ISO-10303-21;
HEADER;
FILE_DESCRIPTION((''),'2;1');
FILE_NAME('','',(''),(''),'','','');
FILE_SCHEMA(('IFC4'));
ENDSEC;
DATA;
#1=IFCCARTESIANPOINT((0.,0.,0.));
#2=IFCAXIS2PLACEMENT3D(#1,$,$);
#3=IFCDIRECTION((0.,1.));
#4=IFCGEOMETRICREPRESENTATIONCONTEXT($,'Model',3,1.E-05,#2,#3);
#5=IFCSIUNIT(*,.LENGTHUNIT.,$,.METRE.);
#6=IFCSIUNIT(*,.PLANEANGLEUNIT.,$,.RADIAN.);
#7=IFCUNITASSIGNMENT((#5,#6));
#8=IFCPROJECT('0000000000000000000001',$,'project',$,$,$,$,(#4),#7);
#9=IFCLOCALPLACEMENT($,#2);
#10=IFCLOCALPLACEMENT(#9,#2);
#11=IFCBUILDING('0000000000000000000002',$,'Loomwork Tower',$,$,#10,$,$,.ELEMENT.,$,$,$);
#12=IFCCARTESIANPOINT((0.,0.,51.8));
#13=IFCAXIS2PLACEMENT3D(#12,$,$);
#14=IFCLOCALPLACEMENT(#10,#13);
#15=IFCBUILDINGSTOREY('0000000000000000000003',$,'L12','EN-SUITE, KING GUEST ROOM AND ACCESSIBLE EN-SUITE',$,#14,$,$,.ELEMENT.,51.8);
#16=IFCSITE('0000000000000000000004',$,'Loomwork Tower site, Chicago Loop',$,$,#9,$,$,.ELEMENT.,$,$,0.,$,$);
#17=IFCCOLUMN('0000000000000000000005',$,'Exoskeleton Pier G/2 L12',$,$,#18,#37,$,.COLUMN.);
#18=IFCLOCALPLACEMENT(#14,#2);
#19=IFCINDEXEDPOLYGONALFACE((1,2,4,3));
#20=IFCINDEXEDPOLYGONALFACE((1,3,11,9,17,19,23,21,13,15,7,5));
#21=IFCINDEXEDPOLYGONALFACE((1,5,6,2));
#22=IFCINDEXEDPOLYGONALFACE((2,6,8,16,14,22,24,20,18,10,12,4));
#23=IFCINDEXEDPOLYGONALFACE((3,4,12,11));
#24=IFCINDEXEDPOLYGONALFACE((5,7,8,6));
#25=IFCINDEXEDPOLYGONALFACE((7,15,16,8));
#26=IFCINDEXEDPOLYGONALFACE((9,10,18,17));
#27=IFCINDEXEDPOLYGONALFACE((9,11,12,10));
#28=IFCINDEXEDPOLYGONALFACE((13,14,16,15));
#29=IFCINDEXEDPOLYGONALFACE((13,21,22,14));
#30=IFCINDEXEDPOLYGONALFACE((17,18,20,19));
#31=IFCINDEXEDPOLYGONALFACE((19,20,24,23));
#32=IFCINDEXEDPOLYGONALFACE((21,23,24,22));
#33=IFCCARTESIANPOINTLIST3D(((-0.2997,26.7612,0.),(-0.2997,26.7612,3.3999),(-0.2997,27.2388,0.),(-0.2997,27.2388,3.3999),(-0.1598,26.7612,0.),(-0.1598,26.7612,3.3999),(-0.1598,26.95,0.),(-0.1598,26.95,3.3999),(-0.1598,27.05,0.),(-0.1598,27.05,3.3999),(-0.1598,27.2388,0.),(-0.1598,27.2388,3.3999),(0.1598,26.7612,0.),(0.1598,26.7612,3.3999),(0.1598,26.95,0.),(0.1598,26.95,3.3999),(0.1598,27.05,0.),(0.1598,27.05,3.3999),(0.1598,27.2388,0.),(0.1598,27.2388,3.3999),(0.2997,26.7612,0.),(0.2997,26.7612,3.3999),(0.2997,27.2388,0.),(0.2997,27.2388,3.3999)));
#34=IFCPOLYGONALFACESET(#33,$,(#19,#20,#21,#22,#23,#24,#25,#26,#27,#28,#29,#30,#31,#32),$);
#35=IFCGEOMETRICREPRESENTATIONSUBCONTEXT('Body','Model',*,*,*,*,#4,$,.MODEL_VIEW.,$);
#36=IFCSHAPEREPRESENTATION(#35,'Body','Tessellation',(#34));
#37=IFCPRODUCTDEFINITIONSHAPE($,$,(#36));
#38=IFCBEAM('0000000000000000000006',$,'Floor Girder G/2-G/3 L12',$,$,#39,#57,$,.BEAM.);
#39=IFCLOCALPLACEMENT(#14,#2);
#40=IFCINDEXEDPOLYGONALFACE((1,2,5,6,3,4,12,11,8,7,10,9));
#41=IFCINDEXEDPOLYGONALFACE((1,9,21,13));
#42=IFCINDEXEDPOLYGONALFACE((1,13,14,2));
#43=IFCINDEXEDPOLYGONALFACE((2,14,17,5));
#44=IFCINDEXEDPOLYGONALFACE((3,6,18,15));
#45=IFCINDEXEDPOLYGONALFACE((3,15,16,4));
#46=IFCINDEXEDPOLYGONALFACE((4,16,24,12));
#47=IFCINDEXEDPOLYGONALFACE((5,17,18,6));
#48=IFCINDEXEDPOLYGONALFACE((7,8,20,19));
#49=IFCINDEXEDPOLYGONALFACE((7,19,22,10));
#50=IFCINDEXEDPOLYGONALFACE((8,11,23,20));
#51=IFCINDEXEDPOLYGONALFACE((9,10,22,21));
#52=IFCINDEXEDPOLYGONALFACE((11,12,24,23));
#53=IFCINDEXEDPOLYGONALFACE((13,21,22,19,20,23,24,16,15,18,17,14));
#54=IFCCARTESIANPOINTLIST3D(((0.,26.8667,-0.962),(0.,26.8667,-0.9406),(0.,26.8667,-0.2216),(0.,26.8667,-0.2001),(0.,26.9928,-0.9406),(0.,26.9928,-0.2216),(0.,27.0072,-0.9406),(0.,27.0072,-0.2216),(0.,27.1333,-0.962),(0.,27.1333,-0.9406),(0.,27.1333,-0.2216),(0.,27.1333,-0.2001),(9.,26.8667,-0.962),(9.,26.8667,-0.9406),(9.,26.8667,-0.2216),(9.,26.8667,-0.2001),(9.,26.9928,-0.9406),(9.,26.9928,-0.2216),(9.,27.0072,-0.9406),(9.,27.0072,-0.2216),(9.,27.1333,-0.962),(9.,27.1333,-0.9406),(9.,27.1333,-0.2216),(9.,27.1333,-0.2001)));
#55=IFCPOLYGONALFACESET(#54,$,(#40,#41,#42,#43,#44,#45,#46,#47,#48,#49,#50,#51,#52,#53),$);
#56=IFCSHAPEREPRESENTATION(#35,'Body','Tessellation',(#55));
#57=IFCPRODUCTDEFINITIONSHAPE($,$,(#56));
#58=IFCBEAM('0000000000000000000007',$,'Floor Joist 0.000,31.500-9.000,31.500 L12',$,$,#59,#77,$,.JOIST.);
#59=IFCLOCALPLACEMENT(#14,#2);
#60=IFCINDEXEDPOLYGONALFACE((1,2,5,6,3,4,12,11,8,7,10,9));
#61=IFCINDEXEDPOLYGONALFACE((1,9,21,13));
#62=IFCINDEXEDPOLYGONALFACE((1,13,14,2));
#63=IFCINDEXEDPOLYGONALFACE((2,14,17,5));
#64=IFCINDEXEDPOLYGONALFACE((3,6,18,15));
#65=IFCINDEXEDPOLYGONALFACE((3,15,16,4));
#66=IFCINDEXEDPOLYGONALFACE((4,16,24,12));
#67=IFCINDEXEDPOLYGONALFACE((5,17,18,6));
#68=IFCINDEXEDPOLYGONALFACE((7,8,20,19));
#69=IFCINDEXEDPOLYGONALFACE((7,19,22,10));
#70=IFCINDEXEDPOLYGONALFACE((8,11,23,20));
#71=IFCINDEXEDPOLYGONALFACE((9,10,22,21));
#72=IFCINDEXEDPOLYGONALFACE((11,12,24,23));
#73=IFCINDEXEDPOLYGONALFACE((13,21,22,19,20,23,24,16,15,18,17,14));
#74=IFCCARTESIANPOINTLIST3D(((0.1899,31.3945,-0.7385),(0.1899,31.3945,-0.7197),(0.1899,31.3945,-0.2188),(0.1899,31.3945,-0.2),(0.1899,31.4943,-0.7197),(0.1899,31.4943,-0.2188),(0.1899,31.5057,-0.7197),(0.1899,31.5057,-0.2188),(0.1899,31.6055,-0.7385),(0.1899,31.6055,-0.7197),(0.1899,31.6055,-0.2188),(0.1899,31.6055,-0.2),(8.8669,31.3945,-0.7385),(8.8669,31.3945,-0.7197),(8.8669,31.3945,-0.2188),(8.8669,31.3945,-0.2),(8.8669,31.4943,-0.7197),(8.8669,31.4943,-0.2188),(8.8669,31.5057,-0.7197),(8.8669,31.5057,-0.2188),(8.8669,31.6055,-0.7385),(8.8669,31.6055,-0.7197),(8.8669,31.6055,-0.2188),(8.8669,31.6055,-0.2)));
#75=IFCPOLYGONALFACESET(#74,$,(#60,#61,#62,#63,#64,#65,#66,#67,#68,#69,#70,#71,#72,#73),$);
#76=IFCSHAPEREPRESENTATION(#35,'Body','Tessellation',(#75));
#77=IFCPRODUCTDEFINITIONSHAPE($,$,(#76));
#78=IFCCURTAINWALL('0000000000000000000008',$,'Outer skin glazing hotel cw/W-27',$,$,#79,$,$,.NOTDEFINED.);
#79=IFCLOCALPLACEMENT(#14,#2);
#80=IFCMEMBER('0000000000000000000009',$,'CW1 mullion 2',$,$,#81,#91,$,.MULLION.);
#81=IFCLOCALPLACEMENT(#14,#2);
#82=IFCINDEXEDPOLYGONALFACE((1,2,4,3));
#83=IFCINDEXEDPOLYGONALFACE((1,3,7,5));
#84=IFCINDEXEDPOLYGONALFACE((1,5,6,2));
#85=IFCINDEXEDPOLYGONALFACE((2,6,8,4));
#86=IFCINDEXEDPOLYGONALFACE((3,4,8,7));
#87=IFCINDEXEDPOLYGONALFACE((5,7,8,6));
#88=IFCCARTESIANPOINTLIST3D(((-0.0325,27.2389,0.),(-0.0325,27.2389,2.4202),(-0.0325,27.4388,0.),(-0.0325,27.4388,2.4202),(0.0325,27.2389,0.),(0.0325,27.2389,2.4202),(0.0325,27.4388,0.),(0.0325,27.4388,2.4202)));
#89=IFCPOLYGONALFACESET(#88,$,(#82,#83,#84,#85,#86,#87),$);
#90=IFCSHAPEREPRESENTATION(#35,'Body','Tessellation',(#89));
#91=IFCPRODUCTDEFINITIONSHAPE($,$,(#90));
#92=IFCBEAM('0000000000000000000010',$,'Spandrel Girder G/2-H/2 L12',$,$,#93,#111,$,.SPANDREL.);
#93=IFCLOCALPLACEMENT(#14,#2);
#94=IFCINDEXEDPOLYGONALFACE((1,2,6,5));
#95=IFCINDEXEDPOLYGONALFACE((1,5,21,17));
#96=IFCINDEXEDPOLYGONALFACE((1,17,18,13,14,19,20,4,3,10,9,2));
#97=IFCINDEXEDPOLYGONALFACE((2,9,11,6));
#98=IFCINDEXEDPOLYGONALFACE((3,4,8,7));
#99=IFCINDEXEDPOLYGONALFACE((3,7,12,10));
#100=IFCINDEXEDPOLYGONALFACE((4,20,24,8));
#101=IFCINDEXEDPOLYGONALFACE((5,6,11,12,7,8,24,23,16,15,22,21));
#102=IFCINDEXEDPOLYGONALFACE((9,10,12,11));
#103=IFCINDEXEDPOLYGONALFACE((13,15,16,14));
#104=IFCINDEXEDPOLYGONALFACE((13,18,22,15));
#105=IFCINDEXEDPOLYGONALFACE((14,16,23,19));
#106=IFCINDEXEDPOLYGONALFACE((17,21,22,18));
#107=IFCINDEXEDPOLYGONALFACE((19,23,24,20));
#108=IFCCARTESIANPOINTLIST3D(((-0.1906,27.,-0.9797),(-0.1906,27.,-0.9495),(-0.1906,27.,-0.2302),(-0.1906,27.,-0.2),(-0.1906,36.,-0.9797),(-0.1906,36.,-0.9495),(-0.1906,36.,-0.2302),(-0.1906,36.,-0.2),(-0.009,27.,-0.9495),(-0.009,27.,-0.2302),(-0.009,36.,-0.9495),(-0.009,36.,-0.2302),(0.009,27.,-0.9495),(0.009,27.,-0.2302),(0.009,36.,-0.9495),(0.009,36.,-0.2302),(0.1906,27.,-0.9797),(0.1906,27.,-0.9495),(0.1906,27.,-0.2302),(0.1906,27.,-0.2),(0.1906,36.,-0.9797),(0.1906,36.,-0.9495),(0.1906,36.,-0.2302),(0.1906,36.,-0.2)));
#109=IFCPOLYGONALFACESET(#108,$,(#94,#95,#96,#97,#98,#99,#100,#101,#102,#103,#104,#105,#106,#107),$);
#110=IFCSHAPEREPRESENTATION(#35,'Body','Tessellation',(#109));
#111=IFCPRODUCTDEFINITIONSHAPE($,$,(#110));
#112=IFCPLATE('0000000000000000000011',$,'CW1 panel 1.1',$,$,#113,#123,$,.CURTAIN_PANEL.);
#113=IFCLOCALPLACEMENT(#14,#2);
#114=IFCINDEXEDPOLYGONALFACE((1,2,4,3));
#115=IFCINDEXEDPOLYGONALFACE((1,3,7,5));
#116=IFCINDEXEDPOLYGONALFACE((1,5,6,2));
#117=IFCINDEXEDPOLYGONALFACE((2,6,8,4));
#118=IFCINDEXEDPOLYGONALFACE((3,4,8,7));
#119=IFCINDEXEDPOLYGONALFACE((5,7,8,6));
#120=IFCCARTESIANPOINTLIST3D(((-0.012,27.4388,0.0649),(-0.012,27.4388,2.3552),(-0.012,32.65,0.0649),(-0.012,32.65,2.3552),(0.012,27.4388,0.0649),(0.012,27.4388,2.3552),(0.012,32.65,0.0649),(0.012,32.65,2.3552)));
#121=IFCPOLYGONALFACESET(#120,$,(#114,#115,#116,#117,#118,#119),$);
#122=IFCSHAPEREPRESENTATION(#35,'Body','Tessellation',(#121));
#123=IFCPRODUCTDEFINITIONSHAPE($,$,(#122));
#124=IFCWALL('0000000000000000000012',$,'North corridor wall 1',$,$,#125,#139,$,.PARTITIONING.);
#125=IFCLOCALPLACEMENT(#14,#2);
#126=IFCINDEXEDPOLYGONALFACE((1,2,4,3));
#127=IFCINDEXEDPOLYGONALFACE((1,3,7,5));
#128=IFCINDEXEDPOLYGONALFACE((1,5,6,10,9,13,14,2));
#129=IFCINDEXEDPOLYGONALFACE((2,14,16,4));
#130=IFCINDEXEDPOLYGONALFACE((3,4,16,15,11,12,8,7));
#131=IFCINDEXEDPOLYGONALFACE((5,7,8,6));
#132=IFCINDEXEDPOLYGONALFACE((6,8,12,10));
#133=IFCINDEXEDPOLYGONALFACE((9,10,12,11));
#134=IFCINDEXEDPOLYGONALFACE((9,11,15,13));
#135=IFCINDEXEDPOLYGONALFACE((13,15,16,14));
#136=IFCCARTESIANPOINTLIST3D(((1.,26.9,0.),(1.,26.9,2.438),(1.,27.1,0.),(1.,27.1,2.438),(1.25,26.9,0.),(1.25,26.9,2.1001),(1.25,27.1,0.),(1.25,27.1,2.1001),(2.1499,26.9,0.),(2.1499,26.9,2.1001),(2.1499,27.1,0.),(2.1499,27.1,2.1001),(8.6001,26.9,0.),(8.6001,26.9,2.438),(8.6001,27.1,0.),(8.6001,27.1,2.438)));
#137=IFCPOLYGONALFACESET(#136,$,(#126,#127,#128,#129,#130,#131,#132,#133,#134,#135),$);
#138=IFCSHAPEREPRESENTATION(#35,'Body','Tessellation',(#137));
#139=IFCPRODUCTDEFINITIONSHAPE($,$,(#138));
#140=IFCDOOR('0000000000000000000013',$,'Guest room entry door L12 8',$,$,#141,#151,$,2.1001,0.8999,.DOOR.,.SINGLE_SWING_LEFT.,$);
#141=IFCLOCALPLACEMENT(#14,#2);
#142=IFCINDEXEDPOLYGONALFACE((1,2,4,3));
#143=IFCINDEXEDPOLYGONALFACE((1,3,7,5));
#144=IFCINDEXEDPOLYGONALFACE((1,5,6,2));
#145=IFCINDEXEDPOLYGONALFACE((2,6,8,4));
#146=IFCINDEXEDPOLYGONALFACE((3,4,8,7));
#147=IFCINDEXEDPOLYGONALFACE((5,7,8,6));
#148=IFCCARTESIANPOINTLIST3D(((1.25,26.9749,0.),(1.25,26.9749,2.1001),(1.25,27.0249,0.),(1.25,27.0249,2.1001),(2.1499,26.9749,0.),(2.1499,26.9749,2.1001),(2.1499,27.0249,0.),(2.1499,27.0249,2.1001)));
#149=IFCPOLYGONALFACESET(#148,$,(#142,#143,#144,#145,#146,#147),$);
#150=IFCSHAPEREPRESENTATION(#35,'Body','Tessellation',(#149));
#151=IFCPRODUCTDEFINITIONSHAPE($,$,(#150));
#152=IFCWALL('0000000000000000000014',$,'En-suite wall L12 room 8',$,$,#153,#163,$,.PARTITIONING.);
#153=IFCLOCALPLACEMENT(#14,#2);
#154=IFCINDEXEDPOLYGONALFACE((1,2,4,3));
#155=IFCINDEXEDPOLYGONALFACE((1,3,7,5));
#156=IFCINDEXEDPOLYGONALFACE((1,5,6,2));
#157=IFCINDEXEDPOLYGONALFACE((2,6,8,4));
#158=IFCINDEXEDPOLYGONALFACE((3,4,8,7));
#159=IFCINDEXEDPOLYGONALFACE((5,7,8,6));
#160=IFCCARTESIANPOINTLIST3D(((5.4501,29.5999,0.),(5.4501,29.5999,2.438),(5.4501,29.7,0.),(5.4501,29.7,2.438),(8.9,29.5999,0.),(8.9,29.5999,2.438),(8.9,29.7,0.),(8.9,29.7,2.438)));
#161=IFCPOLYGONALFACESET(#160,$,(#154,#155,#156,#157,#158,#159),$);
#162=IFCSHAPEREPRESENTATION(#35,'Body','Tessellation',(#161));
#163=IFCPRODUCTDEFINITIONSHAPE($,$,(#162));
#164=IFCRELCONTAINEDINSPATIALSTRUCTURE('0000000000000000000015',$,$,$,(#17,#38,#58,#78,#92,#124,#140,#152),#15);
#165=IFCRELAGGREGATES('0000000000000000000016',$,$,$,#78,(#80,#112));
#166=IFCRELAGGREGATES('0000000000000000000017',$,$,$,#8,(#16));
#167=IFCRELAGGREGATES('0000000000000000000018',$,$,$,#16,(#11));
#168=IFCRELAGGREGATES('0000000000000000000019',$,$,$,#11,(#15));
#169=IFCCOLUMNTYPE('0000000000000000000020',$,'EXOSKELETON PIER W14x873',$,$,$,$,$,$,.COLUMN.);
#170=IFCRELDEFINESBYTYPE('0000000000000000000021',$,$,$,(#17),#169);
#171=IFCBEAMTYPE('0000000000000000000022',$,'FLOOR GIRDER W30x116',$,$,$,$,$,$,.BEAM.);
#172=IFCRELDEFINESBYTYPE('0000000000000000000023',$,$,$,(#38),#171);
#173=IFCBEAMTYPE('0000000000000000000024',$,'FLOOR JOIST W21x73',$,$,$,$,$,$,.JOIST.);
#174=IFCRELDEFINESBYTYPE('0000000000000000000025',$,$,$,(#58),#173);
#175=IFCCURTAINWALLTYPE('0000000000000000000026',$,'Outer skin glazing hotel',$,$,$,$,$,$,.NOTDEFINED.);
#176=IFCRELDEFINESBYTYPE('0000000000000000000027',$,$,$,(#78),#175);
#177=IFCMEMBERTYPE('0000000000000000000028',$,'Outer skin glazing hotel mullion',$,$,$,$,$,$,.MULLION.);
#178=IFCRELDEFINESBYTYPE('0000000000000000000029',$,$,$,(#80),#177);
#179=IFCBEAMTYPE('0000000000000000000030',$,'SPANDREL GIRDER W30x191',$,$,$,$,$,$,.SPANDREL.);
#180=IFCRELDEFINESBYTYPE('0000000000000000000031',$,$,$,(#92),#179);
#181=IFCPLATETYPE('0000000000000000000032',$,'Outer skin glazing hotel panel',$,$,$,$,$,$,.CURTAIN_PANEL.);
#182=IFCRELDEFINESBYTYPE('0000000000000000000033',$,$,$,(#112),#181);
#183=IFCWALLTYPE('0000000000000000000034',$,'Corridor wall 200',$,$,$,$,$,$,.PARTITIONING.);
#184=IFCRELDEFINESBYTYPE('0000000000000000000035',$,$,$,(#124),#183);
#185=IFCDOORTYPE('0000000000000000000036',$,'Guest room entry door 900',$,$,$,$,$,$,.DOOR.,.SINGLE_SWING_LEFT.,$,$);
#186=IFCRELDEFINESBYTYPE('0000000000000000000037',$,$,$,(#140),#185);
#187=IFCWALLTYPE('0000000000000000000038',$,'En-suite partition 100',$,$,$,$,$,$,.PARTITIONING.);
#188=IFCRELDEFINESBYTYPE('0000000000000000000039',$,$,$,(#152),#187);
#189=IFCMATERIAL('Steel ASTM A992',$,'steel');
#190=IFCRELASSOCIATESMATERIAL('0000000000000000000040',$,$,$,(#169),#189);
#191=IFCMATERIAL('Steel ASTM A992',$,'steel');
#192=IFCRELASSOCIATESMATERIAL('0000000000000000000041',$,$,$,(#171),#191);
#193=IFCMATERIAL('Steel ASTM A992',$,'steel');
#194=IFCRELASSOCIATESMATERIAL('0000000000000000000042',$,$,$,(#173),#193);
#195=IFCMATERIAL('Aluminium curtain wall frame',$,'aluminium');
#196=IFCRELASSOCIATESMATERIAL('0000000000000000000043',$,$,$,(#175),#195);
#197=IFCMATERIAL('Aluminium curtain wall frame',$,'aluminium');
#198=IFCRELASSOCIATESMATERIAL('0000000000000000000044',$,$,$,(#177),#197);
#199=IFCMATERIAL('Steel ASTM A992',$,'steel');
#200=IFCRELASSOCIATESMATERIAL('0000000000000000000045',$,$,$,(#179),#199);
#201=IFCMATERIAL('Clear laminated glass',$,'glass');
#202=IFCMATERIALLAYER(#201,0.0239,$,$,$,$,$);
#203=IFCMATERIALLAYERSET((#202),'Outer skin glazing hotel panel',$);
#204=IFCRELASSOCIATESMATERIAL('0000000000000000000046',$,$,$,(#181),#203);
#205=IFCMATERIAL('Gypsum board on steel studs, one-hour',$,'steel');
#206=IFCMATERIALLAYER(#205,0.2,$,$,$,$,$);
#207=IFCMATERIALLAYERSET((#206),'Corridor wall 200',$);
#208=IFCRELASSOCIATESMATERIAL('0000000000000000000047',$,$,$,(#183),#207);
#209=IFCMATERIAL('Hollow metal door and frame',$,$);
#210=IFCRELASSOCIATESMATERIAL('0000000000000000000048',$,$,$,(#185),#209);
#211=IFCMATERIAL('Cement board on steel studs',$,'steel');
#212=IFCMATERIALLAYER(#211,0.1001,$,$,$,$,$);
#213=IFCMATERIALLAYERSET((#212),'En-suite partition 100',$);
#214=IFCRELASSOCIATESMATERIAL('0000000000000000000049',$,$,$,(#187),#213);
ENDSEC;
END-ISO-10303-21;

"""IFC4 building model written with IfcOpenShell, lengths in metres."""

from ifc_helpers import new_model, si_unit, direction, frame, frame_2d, origin, origin_2d, place, context, subcontext, project, spatial, rectangle, i_section, extrude, material, layer, layer_set, material_profile, profile_set, type_object, element, fill, aggregate, save


model = new_model("IFC4")

# Units and contexts
model_context = context("Model", 3, precision=1e-05, world=origin(), true_north=direction((0.0, 1.0)))
body_context = subcontext(model_context, "Body", "Model", "MODEL_VIEW")
ifc_project = project(units=[si_unit("LENGTHUNIT", "METRE"), si_unit("PLANEANGLEUNIT", "RADIAN")], contexts=[model_context])

# Site, building, storey
site_placement = place(None, origin())
site = spatial("IfcSite", under=ifc_project, at=site_placement, Name="Loomwork Tower site, Chicago Loop", CompositionType="ELEMENT", RefElevation=0.0)
building_placement = place(site_placement, origin())
building = spatial("IfcBuilding", under=site, at=building_placement, Name="Loomwork Tower", CompositionType="ELEMENT")
storey_placement = place(building_placement, frame((0.0, 0.0, 51.8)))
storey = spatial("IfcBuildingStorey", under=building, at=storey_placement, Name="L12", Description="EN-SUITE, KING GUEST ROOM AND ACCESSIBLE EN-SUITE", CompositionType="ELEMENT", Elevation=51.8)

# Column
ifc_material_1 = material(Name="Steel ASTM A992", Category="steel")
ifc_material_profile_1 = material_profile(ifc_material_1, i_section(OverallWidth=0.4775, OverallDepth=0.5994, WebThickness=0.1001, FlangeThickness=0.1399, at=origin_2d()), Name="W14x873")
ifc_profile_set_1 = profile_set([ifc_material_profile_1], Name="Steel ASTM A992")
column_type = type_object("IfcColumnType", Name="EXOSKELETON PIER W14x873", PredefinedType="COLUMN", material=ifc_profile_set_1)
column_placement = place(storey_placement, frame((0.0, 27.0, 0.0), z_axis=(0.0, 0.0, 1.0), x_axis=(0.0, 1.0, 0.0)))
element("IfcColumn", 1, at=column_placement, inside=storey, type_object=column_type, Name="Exoskeleton Pier G/2 L12", PredefinedType="COLUMN", context=body_context, shape_type="SweptSolid", body=[
    extrude(i_section(OverallWidth=0.4775, OverallDepth=0.5994, WebThickness=0.1001, FlangeThickness=0.1399, at=origin_2d()), origin(), (0.0, 0.0, 1.0), 3.3999),
])

# Beams
ifc_material_2 = material(Name="Steel ASTM A992", Category="steel")
ifc_material_profile_2 = material_profile(ifc_material_2, i_section(OverallWidth=0.2666, OverallDepth=0.762, WebThickness=0.0144, FlangeThickness=0.0215, at=origin_2d()), Name="W30x116")
ifc_profile_set_2 = profile_set([ifc_material_profile_2], Name="Steel ASTM A992")
beam_type_1 = type_object("IfcBeamType", Name="FLOOR GIRDER W30x116", PredefinedType="BEAM", material=ifc_profile_set_2)
beam_1_placement = place(storey_placement, frame((0.0, 27.0, -0.5811), z_axis=(1.0, 0.0, 0.0), x_axis=(0.0, 1.0, 0.0)))
element("IfcBeam", 2, at=beam_1_placement, inside=storey, type_object=beam_type_1, Name="Floor Girder G/2-G/3 L12", PredefinedType="BEAM", context=body_context, shape_type="SweptSolid", body=[
    extrude(i_section(OverallWidth=0.2666, OverallDepth=0.762, WebThickness=0.0144, FlangeThickness=0.0215, at=origin_2d()), origin(), (0.0, 0.0, 1.0), 9.0),
])
ifc_material_3 = material(Name="Steel ASTM A992", Category="steel")
ifc_material_profile_3 = material_profile(ifc_material_3, i_section(OverallWidth=0.2109, OverallDepth=0.5386, WebThickness=0.0115, FlangeThickness=0.0188, at=origin_2d()), Name="W21x73")
ifc_profile_set_3 = profile_set([ifc_material_profile_3], Name="Steel ASTM A992")
beam_type_2 = type_object("IfcBeamType", Name="FLOOR JOIST W21x73", PredefinedType="JOIST", material=ifc_profile_set_3)
beam_2_placement = place(storey_placement, frame((0.1899, 31.5, -0.4692), z_axis=(1.0, 0.0, 0.0), x_axis=(0.0, 1.0, 0.0)))
element("IfcBeam", 3, at=beam_2_placement, inside=storey, type_object=beam_type_2, Name="Floor Joist 0.000,31.500-9.000,31.500 L12", PredefinedType="JOIST", context=body_context, shape_type="SweptSolid", body=[
    extrude(i_section(OverallWidth=0.2109, OverallDepth=0.5386, WebThickness=0.0115, FlangeThickness=0.0188, at=origin_2d()), origin(), (0.0, 0.0, 1.0), 8.677),
])

# Curtain wall, member
ifc_material_4 = material(Name="Aluminium curtain wall frame", Category="aluminium")
curtain_wall_type = type_object("IfcCurtainWallType", Name="Outer skin glazing hotel", PredefinedType="NOTDEFINED", material=ifc_material_4)
curtain_wall_placement = place(storey_placement, origin())
curtain_wall = element("IfcCurtainWall", 4, at=curtain_wall_placement, inside=storey, type_object=curtain_wall_type, Name="Outer skin glazing hotel cw/W-27", PredefinedType="NOTDEFINED")
ifc_material_5 = material(Name="Aluminium curtain wall frame", Category="aluminium")
ifc_material_profile_4 = material_profile(ifc_material_5, rectangle(XDim=0.0649, YDim=0.2, at=origin_2d()), Name="AL 65x200")
ifc_profile_set_4 = profile_set([ifc_material_profile_4], Name="Aluminium curtain wall frame")
member_type = type_object("IfcMemberType", Name="Outer skin glazing hotel mullion", PredefinedType="MULLION", material=ifc_profile_set_4)
member_placement = place(storey_placement, frame((0.0, 27.3389, 0.0), z_axis=(0.0, 0.0, 1.0), x_axis=(1.0, 0.0, 0.0)))
member = element("IfcMember", 5, at=member_placement, type_object=member_type, Name="CW1 mullion 2", PredefinedType="MULLION", context=body_context, shape_type="SweptSolid", body=[
    extrude(rectangle(XDim=0.0649, YDim=0.2, at=origin_2d()), origin(), (0.0, 0.0, 1.0), 2.4202),
])

# Beam
ifc_material_6 = material(Name="Steel ASTM A992", Category="steel")
ifc_material_profile_5 = material_profile(ifc_material_6, i_section(OverallWidth=0.3811, OverallDepth=0.7798, WebThickness=0.0181, FlangeThickness=0.0303, at=origin_2d()), Name="W30x191")
ifc_profile_set_5 = profile_set([ifc_material_profile_5], Name="Steel ASTM A992")
beam_type_3 = type_object("IfcBeamType", Name="SPANDREL GIRDER W30x191", PredefinedType="SPANDREL", material=ifc_profile_set_5)
beam_3_placement = place(storey_placement, frame((0.0, 27.0, -0.5898), z_axis=(0.0, 1.0, 0.0), x_axis=(-1.0, 0.0, 0.0)))
element("IfcBeam", 6, at=beam_3_placement, inside=storey, type_object=beam_type_3, Name="Spandrel Girder G/2-H/2 L12", PredefinedType="SPANDREL", context=body_context, shape_type="SweptSolid", body=[
    extrude(i_section(OverallWidth=0.3811, OverallDepth=0.7798, WebThickness=0.0181, FlangeThickness=0.0303, at=origin_2d()), origin(), (0.0, 0.0, 1.0), 9.0),
])

# Plate
ifc_material_7 = material(Name="Clear laminated glass", Category="glass")
ifc_layer_1 = layer(ifc_material_7, 0.0239)
ifc_layer_set_1 = layer_set([ifc_layer_1], Name="Outer skin glazing hotel panel")
plate_type = type_object("IfcPlateType", Name="Outer skin glazing hotel panel", PredefinedType="CURTAIN_PANEL", material=ifc_layer_set_1)
plate_placement = place(storey_placement, frame((0.0, 30.0444, 0.0649), z_axis=(0.0, 0.0, 1.0), x_axis=(0.0, -1.0, 0.0)))
plate = element("IfcPlate", 7, at=plate_placement, type_object=plate_type, Name="CW1 panel 1.1", PredefinedType="CURTAIN_PANEL", context=body_context, shape_type="SweptSolid", body=[
    extrude(rectangle(XDim=5.2112, YDim=0.0239, at=origin_2d()), origin(), (0.0, 0.0, 1.0), 2.2903),
])
aggregate(curtain_wall, [member, plate])

# Wall, opening, door
ifc_material_8 = material(Name="Gypsum board on steel studs, one-hour", Category="steel")
ifc_layer_2 = layer(ifc_material_8, 0.2)
ifc_layer_set_2 = layer_set([ifc_layer_2], Name="Corridor wall 200")
wall_type_1 = type_object("IfcWallType", Name="Corridor wall 200", PredefinedType="PARTITIONING", material=ifc_layer_set_2)
wall_1_placement = place(storey_placement, frame((1.0, 27.0, 0.0), z_axis=(0.0, 0.0, 1.0), x_axis=(1.0, 0.0, 0.0)))
wall_1 = element("IfcWall", 8, at=wall_1_placement, inside=storey, type_object=wall_type_1, Name="North corridor wall 1", PredefinedType="PARTITIONING", context=body_context, shape_type="SweptSolid", body=[
    extrude(rectangle(XDim=7.6001, YDim=0.2, at=frame_2d((3.8, 0.0))), origin(), (0.0, 0.0, 1.0), 2.438),
])
opening_1_placement = place(wall_1_placement, frame((0.25, 0.0, 0.0)))
opening_1 = element("IfcOpeningElement", 9, at=opening_1_placement, cuts=wall_1, PredefinedType="OPENING", context=body_context, shape_type="SweptSolid", body=[
    extrude(rectangle(XDim=0.8999, YDim=2.1001, at=frame_2d((0.45, 1.05))), frame((0.0, 0.1099, 0.0), z_axis=(0.0, -1.0, 0.0), x_axis=(1.0, 0.0, 0.0)), (0.0, 0.0, 1.0), 0.22),
])
ifc_material_9 = material(Name="Hollow metal door and frame")
door_type_1 = type_object("IfcDoorType", Name="Guest room entry door 900", OperationType="SINGLE_SWING_LEFT", PredefinedType="DOOR", material=ifc_material_9)
door_1_placement = place(opening_1_placement, origin())
door_1 = element("IfcDoor", 10, at=door_1_placement, inside=storey, type_object=door_type_1, Name="Guest room entry door L12 8", OperationType="SINGLE_SWING_LEFT", OverallHeight=2.1001, OverallWidth=0.8999, PredefinedType="DOOR", context=body_context, shape_type="SweptSolid", body=[
    extrude(rectangle(XDim=0.8999, YDim=2.1001, at=frame_2d((0.45, 1.05))), frame((0.0, 0.0249, 0.0), z_axis=(0.0, -1.0, 0.0), x_axis=(1.0, 0.0, 0.0)), (0.0, 0.0, 1.0), 0.05),
])
fill(opening_1, door_1)

# Wall
ifc_material_10 = material(Name="Cement board on steel studs", Category="steel")
ifc_layer_3 = layer(ifc_material_10, 0.1001)
ifc_layer_set_3 = layer_set([ifc_layer_3], Name="En-suite partition 100")
wall_type_2 = type_object("IfcWallType", Name="En-suite partition 100", PredefinedType="PARTITIONING", material=ifc_layer_set_3)
wall_2_placement = place(storey_placement, frame((5.45, 29.6499, 0.0), z_axis=(0.0, 0.0, 1.0), x_axis=(1.0, 0.0, 0.0)))
element("IfcWall", 11, at=wall_2_placement, inside=storey, type_object=wall_type_2, Name="En-suite wall L12 room 8", PredefinedType="PARTITIONING", context=body_context, shape_type="SweptSolid", body=[
    extrude(rectangle(XDim=3.45, YDim=0.1001, at=frame_2d((1.7251, 0.0))), origin(), (0.0, 0.0, 1.0), 2.438),
])

save(model, "model.ifc")
